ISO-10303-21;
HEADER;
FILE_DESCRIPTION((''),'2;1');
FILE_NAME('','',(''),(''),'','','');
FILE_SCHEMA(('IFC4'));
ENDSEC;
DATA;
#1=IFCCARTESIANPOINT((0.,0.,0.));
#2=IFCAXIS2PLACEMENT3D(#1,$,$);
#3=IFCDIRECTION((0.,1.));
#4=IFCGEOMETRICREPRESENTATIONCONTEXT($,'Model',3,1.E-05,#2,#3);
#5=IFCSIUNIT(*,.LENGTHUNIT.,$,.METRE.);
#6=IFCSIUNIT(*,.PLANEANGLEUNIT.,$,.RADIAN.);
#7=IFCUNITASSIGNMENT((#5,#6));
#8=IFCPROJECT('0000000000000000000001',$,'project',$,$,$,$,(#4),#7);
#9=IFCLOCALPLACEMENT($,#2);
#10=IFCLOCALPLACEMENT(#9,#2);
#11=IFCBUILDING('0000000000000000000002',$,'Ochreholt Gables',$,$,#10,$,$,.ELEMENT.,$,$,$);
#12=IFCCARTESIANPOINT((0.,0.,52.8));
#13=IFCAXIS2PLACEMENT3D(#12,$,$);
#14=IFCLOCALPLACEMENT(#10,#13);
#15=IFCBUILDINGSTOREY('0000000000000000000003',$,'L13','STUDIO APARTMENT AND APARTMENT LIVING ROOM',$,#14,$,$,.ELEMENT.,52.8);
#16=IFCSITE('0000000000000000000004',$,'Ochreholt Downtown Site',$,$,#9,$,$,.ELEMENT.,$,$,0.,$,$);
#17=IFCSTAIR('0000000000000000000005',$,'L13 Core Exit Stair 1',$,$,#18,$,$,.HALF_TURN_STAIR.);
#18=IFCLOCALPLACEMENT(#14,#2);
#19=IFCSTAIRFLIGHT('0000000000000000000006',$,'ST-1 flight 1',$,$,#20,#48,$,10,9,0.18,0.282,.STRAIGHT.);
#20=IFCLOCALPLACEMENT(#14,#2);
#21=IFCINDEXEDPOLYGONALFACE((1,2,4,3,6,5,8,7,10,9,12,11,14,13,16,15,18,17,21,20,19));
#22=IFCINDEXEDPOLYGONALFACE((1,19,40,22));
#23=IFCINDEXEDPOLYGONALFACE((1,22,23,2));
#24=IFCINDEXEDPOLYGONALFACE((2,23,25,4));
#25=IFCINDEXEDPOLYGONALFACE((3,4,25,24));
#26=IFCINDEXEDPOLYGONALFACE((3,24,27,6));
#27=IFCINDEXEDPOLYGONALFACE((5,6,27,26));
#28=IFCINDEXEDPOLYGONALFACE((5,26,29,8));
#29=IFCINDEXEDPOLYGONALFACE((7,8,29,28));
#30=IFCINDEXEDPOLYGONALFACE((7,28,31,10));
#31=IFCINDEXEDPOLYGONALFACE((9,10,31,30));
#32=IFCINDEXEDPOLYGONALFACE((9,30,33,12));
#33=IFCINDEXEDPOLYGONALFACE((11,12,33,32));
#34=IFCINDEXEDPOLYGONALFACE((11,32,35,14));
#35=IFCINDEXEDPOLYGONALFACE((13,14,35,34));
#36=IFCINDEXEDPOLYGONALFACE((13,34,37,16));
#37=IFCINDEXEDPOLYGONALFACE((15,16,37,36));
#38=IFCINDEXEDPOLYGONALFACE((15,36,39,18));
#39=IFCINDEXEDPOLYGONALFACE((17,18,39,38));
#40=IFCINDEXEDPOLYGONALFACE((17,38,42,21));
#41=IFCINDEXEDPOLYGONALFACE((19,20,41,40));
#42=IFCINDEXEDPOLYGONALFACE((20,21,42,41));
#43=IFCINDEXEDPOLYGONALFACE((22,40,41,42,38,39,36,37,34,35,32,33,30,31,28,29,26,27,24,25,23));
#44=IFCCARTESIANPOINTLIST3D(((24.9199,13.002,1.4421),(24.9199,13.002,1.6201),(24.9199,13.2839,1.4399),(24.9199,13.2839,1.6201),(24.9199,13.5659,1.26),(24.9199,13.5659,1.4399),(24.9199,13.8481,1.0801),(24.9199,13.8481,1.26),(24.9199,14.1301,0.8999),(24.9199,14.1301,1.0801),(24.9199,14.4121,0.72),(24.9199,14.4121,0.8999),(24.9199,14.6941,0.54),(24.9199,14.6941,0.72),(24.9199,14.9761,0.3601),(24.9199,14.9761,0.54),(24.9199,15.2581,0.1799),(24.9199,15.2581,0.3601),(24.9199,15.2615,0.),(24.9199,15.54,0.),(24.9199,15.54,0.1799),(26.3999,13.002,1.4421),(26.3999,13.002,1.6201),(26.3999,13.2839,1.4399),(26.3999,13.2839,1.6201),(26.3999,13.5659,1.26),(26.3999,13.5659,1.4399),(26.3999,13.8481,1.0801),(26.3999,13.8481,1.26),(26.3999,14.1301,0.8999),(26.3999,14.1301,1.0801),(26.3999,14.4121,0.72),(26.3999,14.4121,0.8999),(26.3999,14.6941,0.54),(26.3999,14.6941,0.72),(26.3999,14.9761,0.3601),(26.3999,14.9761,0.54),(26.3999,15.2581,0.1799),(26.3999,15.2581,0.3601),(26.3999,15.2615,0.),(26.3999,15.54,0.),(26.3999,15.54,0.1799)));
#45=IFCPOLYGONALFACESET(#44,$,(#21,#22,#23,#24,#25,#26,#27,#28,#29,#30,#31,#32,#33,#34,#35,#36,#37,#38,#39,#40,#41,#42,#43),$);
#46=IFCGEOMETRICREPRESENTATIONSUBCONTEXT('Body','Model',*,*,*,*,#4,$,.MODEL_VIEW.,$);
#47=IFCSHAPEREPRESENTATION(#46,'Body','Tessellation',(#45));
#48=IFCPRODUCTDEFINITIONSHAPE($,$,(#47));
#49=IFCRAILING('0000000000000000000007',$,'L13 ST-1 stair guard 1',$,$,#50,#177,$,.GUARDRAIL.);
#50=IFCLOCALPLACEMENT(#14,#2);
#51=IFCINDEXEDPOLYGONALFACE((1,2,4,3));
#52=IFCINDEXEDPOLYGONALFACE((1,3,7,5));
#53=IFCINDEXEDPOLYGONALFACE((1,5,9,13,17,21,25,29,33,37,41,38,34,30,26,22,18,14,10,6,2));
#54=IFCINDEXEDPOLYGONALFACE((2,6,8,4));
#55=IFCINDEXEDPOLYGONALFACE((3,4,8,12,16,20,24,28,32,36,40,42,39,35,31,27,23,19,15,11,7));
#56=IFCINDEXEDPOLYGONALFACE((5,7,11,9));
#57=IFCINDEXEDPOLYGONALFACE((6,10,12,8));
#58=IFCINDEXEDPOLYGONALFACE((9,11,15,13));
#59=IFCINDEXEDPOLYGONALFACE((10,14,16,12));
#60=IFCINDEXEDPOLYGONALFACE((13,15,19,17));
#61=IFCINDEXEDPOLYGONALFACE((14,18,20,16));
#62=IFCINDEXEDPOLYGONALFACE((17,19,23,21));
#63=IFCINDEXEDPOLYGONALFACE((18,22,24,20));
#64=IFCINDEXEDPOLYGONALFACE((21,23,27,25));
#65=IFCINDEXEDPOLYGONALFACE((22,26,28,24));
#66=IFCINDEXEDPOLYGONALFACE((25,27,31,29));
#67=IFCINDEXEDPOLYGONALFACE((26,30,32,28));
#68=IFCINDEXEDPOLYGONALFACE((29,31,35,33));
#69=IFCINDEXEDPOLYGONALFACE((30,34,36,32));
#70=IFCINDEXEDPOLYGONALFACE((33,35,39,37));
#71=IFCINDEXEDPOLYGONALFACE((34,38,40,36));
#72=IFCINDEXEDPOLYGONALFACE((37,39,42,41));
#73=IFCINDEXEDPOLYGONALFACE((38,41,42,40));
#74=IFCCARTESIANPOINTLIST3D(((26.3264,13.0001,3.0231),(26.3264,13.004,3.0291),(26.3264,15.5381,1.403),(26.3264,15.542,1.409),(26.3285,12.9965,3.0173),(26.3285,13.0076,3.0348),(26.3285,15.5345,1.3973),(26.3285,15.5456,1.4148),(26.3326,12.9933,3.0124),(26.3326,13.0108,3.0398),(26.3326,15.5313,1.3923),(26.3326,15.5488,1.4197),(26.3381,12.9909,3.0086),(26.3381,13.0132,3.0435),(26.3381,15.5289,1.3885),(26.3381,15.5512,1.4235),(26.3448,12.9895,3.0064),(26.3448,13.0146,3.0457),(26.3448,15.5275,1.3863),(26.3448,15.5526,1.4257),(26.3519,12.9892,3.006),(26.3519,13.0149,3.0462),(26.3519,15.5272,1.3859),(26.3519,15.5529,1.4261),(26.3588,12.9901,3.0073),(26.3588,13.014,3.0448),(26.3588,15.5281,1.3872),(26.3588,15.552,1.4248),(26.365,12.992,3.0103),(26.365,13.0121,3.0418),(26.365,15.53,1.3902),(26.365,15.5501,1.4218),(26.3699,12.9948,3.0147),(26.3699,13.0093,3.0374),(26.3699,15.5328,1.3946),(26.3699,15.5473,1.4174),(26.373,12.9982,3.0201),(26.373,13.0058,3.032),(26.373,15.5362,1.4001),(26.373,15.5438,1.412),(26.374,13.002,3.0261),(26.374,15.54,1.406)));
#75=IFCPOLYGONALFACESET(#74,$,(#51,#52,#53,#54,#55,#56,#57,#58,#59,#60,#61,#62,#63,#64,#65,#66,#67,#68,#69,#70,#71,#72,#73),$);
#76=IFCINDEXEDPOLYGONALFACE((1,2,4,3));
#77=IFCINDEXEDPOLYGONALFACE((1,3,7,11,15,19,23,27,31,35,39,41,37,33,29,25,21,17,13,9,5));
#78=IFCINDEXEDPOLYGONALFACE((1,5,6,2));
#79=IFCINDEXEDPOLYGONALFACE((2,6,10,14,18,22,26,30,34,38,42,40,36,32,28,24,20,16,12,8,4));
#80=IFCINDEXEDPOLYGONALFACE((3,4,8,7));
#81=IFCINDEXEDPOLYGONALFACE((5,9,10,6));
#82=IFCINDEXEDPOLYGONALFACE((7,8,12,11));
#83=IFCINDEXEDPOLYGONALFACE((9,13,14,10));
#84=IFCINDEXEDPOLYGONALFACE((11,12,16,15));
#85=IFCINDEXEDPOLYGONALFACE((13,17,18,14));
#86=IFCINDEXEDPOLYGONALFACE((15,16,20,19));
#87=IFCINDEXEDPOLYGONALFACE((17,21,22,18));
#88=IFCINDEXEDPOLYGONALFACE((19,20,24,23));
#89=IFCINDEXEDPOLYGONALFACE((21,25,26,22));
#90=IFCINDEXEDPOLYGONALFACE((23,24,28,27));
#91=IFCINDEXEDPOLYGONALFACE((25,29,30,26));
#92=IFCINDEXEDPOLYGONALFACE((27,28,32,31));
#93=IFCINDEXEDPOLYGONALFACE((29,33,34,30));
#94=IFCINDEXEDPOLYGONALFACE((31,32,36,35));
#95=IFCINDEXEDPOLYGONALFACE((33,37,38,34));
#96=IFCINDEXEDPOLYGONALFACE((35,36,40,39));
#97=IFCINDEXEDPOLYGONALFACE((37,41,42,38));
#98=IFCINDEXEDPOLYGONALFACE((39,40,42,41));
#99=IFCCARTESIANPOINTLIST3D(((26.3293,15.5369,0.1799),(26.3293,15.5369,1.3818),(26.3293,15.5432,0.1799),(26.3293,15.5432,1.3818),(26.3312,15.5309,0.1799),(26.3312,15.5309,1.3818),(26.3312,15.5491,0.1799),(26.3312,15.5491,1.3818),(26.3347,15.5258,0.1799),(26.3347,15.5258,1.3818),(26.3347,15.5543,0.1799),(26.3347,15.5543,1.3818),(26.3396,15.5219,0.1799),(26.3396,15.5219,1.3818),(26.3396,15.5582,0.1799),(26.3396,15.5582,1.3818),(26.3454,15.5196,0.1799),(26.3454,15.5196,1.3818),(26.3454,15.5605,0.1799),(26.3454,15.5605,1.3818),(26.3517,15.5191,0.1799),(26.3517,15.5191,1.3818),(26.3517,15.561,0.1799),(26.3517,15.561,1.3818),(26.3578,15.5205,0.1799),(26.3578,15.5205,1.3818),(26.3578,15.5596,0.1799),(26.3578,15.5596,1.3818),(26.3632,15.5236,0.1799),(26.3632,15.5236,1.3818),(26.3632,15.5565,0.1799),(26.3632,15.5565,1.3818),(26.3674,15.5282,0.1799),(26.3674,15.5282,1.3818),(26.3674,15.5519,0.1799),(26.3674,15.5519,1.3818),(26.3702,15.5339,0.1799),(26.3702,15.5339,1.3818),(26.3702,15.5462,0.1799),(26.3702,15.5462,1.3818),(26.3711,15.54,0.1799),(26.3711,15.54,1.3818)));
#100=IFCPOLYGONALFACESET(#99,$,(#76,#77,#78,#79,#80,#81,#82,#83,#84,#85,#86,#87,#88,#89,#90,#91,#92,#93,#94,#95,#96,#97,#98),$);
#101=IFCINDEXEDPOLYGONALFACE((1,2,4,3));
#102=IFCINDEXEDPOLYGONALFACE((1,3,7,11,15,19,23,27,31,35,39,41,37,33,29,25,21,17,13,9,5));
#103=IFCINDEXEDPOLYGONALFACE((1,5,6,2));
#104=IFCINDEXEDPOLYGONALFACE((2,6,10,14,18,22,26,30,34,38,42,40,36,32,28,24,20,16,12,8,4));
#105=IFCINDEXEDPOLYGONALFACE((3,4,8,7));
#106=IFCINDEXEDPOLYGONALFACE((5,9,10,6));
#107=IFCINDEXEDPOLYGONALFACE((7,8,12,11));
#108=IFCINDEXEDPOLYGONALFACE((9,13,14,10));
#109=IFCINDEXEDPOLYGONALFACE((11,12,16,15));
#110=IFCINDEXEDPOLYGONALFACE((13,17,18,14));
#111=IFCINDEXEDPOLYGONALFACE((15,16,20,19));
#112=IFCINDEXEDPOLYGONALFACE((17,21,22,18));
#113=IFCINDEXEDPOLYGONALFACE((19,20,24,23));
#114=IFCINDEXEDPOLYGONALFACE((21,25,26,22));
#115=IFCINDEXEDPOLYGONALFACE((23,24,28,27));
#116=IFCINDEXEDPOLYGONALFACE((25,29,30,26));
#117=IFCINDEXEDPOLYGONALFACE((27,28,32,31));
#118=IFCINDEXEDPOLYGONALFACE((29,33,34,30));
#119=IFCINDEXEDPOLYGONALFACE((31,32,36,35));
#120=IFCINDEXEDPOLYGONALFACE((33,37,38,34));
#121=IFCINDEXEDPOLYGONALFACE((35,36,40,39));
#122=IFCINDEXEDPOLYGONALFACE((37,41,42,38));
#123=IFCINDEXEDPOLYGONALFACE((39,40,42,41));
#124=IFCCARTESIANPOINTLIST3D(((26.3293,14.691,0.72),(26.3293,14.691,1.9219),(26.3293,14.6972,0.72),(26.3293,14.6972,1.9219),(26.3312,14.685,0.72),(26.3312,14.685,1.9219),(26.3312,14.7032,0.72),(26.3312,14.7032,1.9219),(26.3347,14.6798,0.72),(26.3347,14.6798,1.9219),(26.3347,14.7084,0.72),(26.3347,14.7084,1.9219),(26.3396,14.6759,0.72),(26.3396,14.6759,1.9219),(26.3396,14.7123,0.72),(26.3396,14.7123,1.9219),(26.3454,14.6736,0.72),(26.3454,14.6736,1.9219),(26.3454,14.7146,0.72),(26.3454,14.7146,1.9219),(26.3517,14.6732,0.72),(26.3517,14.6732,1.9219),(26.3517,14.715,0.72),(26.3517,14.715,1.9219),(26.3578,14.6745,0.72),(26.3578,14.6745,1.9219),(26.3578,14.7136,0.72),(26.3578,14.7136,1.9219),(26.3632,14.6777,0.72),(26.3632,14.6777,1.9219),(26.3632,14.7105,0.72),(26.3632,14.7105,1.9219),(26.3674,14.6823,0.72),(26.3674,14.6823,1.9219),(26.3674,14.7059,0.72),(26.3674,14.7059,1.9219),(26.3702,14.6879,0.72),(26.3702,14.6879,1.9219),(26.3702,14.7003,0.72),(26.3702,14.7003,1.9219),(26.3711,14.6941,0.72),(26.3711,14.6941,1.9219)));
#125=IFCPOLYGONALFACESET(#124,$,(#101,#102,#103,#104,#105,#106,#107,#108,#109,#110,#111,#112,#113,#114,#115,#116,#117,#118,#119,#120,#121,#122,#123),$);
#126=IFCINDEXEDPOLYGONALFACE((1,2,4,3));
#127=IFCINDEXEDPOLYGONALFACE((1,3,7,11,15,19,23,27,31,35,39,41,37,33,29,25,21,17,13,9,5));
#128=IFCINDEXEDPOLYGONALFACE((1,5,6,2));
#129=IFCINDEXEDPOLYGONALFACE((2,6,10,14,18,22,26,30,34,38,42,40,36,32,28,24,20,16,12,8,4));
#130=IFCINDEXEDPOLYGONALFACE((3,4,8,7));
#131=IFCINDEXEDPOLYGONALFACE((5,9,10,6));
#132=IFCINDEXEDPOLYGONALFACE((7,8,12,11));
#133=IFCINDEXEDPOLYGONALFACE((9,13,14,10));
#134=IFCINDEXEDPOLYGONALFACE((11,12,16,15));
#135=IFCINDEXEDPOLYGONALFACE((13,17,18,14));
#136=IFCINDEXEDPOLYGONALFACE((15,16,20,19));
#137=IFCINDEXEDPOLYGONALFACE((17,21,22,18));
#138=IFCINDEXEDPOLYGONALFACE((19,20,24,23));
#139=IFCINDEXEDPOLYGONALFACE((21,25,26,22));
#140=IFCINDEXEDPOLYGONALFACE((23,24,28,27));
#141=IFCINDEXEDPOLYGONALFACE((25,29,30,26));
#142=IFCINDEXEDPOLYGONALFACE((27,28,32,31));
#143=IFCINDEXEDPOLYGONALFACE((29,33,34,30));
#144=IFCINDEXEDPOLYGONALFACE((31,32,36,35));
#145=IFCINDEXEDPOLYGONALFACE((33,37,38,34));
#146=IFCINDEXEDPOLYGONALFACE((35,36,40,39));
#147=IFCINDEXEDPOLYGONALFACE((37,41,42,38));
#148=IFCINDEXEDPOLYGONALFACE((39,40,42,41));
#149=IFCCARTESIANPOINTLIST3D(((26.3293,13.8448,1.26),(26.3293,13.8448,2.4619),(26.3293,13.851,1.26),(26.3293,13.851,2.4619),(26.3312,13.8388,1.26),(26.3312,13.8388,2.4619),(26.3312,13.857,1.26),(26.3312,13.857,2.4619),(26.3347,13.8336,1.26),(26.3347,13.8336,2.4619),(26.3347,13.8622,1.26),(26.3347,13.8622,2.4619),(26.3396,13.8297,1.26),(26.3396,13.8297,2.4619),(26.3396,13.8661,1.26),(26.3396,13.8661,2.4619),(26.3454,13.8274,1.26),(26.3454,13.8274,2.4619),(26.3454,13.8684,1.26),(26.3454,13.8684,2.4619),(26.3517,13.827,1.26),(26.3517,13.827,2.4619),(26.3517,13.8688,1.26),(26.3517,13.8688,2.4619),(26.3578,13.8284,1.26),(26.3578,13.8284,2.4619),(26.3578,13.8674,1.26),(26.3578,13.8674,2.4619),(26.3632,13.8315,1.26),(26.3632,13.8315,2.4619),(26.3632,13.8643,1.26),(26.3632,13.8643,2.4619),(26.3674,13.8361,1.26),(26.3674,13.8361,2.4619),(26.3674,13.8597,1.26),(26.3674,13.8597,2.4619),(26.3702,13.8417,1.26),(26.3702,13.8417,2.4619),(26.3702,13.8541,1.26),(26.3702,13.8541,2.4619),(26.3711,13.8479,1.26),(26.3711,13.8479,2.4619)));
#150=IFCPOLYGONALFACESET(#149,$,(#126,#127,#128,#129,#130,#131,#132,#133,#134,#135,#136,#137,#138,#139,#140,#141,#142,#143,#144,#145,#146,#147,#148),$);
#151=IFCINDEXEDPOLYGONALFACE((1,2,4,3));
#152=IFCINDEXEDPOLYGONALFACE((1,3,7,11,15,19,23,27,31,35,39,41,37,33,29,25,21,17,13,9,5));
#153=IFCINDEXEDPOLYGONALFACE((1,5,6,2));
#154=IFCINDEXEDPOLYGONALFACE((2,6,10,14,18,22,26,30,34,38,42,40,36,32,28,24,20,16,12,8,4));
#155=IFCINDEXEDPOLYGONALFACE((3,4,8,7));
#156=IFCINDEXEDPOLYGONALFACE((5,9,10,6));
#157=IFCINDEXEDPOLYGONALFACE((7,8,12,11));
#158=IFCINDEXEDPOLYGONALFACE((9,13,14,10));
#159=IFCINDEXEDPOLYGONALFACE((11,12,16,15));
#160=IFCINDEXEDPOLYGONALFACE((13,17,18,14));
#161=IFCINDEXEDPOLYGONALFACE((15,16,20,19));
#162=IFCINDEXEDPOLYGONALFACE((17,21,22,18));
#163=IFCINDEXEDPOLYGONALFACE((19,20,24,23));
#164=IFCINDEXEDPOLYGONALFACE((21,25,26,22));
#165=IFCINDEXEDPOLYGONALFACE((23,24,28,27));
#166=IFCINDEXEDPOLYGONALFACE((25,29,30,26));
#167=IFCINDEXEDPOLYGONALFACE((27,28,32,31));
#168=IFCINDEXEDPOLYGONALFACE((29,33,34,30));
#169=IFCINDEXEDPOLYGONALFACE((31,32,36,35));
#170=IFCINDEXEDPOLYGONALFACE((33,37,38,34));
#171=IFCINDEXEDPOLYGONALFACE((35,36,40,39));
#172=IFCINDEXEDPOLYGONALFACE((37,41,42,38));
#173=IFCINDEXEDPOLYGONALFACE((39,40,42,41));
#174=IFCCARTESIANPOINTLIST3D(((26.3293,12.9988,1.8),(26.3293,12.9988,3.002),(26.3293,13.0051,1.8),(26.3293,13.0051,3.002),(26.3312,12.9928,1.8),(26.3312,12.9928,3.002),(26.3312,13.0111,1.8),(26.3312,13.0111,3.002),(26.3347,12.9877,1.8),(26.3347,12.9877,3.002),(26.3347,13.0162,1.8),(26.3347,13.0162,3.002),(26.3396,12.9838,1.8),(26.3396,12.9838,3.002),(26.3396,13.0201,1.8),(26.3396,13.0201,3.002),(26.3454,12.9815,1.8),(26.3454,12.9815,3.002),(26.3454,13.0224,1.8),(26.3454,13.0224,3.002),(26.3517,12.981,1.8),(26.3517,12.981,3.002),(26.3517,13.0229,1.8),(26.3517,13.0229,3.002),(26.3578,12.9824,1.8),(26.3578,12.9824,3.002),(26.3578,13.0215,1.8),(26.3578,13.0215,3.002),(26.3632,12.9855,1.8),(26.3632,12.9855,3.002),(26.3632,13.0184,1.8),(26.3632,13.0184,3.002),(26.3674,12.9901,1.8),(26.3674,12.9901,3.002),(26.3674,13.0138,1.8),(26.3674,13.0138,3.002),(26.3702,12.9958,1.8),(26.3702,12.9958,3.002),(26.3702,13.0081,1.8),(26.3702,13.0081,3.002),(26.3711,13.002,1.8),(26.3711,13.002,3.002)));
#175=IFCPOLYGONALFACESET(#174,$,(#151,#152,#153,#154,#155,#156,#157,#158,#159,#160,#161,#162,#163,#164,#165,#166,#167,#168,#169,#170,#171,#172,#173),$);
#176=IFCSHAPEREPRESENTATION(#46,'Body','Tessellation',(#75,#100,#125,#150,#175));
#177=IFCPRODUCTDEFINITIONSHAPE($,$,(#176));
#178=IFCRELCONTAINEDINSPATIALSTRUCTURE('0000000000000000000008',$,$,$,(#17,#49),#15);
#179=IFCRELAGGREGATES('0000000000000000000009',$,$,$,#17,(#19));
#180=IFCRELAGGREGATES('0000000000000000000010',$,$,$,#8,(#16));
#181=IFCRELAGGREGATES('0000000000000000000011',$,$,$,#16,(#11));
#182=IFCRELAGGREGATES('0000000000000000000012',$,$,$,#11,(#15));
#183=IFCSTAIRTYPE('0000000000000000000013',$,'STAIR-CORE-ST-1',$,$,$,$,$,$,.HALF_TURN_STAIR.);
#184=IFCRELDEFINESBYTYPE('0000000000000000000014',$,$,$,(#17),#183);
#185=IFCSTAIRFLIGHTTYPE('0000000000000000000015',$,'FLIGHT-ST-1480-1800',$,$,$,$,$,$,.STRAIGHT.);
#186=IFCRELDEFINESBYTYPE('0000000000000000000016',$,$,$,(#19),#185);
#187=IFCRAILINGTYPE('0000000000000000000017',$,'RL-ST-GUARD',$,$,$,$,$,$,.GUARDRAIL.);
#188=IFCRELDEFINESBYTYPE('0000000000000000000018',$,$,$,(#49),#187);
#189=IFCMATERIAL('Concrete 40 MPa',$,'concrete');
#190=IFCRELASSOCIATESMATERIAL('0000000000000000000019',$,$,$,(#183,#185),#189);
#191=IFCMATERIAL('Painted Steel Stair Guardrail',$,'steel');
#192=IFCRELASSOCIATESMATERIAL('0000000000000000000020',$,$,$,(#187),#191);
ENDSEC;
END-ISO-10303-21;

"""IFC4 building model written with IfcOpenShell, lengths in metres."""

from ifc_helpers import new_model, si_unit, direction, frame, origin, origin_2d, place, context, subcontext, project, spatial, polyline, circle, outline, extrude, material, type_object, element, aggregate, save


model = new_model("IFC4")

# Units and contexts
model_context = context("Model", 3, precision=1e-05, world=origin(), true_north=direction((0.0, 1.0)))
body_context = subcontext(model_context, "Body", "Model", "MODEL_VIEW")
ifc_project = project(units=[si_unit("LENGTHUNIT", "METRE"), si_unit("PLANEANGLEUNIT", "RADIAN")], contexts=[model_context])

# Site, building, storey
site_placement = place(None, origin())
site = spatial("IfcSite", under=ifc_project, at=site_placement, Name="Ochreholt Downtown Site", CompositionType="ELEMENT", RefElevation=0.0)
building_placement = place(site_placement, origin())
building = spatial("IfcBuilding", under=site, at=building_placement, Name="Ochreholt Gables", CompositionType="ELEMENT")
storey_placement = place(building_placement, frame((0.0, 0.0, 52.8)))
storey = spatial("IfcBuildingStorey", under=building, at=storey_placement, Name="L13", Description="STUDIO APARTMENT AND APARTMENT LIVING ROOM", CompositionType="ELEMENT", Elevation=52.8)

# Shared definitions
ifc_material_1 = material(Name="Concrete 40 MPa", Category="concrete")

# Stair, stair flight
stair_type = type_object("IfcStairType", Name="STAIR-CORE-ST-1", PredefinedType="HALF_TURN_STAIR", material=ifc_material_1)
stair_placement = place(storey_placement, origin())
stair = element("IfcStair", 1, at=stair_placement, inside=storey, type_object=stair_type, Name="L13 Core Exit Stair 1", PredefinedType="HALF_TURN_STAIR")
stair_flight_type = type_object("IfcStairFlightType", Name="FLIGHT-ST-1480-1800", PredefinedType="STRAIGHT", material=ifc_material_1)
stair_flight_placement = place(storey_placement, frame((25.6599, 15.54, 0.0), z_axis=(0.0, 0.0, 1.0), x_axis=(0.0, -1.0, 0.0)))
stair_flight = element("IfcStairFlight", 2, at=stair_flight_placement, type_object=stair_flight_type, Name="ST-1 flight 1", NumberOfRisers=10, NumberOfTreads=9, PredefinedType="STRAIGHT", RiserHeight=0.18, TreadLength=0.282, context=body_context, shape_type="SweptSolid", body=[
    extrude(outline(polyline([(0.0, 0.0), (0.0, 0.1799), (0.282, 0.1799), (0.282, 0.3601), (0.564, 0.3601), (0.564, 0.54), (0.8459, 0.54), (0.8459, 0.72), (1.1279, 0.72), (1.1279, 0.8999), (1.4099, 0.8999), (1.4099, 1.0801), (1.6919, 1.0801), (1.6919, 1.26), (1.9741, 1.26), (1.9741, 1.4399), (2.2561, 1.4399), (2.2561, 1.6201), (2.5381, 1.6201), (2.5381, 1.8), (2.5381, 1.4421), (0.2786, 0.0), (0.0, 0.0)])), frame((0.0, 0.74, 0.0), z_axis=(0.0, -1.0, 0.0), x_axis=(1.0, 0.0, 0.0)), (0.0, 0.0, 1.0), 1.48),
])
aggregate(stair, [stair_flight])

# Railing
ifc_material_2 = material(Name="Painted Steel Stair Guardrail", Category="steel")
railing_type_1 = type_object("IfcRailingType", Name="RL-ST-GUARD", PredefinedType="GUARDRAIL", material=ifc_material_2)
railing_1_placement = place(storey_placement, frame((26.3501, 15.54, 0.1799)))
element("IfcRailing", 3, at=railing_1_placement, inside=storey, type_object=railing_type_1, Name="L13 ST-1 stair guard 1", PredefinedType="GUARDRAIL", context=body_context, shape_type="SweptSolid", body=[
    extrude(circle(Radius=0.0239, at=origin_2d()), frame((0.0, 0.0, 1.2261), z_axis=(0.0, -0.842913, 0.53805), x_axis=(1.0, 0.0, 0.0)), (0.0, 0.0, 1.0), 3.011),
    extrude(circle(Radius=0.021, at=origin_2d()), origin(), (0.0, 0.0, 1.0), 1.2019),
    extrude(circle(Radius=0.021, at=origin_2d()), frame((0.0, -0.8459, 0.54)), (0.0, 0.0, 1.0), 1.2019),
    extrude(circle(Radius=0.021, at=origin_2d()), frame((0.0, -1.6921, 1.0801)), (0.0, 0.0, 1.0), 1.2019),
    extrude(circle(Radius=0.021, at=origin_2d()), frame((0.0, -2.5381, 1.6201)), (0.0, 0.0, 1.0), 1.2019),
])

save(model, "model.ifc")
